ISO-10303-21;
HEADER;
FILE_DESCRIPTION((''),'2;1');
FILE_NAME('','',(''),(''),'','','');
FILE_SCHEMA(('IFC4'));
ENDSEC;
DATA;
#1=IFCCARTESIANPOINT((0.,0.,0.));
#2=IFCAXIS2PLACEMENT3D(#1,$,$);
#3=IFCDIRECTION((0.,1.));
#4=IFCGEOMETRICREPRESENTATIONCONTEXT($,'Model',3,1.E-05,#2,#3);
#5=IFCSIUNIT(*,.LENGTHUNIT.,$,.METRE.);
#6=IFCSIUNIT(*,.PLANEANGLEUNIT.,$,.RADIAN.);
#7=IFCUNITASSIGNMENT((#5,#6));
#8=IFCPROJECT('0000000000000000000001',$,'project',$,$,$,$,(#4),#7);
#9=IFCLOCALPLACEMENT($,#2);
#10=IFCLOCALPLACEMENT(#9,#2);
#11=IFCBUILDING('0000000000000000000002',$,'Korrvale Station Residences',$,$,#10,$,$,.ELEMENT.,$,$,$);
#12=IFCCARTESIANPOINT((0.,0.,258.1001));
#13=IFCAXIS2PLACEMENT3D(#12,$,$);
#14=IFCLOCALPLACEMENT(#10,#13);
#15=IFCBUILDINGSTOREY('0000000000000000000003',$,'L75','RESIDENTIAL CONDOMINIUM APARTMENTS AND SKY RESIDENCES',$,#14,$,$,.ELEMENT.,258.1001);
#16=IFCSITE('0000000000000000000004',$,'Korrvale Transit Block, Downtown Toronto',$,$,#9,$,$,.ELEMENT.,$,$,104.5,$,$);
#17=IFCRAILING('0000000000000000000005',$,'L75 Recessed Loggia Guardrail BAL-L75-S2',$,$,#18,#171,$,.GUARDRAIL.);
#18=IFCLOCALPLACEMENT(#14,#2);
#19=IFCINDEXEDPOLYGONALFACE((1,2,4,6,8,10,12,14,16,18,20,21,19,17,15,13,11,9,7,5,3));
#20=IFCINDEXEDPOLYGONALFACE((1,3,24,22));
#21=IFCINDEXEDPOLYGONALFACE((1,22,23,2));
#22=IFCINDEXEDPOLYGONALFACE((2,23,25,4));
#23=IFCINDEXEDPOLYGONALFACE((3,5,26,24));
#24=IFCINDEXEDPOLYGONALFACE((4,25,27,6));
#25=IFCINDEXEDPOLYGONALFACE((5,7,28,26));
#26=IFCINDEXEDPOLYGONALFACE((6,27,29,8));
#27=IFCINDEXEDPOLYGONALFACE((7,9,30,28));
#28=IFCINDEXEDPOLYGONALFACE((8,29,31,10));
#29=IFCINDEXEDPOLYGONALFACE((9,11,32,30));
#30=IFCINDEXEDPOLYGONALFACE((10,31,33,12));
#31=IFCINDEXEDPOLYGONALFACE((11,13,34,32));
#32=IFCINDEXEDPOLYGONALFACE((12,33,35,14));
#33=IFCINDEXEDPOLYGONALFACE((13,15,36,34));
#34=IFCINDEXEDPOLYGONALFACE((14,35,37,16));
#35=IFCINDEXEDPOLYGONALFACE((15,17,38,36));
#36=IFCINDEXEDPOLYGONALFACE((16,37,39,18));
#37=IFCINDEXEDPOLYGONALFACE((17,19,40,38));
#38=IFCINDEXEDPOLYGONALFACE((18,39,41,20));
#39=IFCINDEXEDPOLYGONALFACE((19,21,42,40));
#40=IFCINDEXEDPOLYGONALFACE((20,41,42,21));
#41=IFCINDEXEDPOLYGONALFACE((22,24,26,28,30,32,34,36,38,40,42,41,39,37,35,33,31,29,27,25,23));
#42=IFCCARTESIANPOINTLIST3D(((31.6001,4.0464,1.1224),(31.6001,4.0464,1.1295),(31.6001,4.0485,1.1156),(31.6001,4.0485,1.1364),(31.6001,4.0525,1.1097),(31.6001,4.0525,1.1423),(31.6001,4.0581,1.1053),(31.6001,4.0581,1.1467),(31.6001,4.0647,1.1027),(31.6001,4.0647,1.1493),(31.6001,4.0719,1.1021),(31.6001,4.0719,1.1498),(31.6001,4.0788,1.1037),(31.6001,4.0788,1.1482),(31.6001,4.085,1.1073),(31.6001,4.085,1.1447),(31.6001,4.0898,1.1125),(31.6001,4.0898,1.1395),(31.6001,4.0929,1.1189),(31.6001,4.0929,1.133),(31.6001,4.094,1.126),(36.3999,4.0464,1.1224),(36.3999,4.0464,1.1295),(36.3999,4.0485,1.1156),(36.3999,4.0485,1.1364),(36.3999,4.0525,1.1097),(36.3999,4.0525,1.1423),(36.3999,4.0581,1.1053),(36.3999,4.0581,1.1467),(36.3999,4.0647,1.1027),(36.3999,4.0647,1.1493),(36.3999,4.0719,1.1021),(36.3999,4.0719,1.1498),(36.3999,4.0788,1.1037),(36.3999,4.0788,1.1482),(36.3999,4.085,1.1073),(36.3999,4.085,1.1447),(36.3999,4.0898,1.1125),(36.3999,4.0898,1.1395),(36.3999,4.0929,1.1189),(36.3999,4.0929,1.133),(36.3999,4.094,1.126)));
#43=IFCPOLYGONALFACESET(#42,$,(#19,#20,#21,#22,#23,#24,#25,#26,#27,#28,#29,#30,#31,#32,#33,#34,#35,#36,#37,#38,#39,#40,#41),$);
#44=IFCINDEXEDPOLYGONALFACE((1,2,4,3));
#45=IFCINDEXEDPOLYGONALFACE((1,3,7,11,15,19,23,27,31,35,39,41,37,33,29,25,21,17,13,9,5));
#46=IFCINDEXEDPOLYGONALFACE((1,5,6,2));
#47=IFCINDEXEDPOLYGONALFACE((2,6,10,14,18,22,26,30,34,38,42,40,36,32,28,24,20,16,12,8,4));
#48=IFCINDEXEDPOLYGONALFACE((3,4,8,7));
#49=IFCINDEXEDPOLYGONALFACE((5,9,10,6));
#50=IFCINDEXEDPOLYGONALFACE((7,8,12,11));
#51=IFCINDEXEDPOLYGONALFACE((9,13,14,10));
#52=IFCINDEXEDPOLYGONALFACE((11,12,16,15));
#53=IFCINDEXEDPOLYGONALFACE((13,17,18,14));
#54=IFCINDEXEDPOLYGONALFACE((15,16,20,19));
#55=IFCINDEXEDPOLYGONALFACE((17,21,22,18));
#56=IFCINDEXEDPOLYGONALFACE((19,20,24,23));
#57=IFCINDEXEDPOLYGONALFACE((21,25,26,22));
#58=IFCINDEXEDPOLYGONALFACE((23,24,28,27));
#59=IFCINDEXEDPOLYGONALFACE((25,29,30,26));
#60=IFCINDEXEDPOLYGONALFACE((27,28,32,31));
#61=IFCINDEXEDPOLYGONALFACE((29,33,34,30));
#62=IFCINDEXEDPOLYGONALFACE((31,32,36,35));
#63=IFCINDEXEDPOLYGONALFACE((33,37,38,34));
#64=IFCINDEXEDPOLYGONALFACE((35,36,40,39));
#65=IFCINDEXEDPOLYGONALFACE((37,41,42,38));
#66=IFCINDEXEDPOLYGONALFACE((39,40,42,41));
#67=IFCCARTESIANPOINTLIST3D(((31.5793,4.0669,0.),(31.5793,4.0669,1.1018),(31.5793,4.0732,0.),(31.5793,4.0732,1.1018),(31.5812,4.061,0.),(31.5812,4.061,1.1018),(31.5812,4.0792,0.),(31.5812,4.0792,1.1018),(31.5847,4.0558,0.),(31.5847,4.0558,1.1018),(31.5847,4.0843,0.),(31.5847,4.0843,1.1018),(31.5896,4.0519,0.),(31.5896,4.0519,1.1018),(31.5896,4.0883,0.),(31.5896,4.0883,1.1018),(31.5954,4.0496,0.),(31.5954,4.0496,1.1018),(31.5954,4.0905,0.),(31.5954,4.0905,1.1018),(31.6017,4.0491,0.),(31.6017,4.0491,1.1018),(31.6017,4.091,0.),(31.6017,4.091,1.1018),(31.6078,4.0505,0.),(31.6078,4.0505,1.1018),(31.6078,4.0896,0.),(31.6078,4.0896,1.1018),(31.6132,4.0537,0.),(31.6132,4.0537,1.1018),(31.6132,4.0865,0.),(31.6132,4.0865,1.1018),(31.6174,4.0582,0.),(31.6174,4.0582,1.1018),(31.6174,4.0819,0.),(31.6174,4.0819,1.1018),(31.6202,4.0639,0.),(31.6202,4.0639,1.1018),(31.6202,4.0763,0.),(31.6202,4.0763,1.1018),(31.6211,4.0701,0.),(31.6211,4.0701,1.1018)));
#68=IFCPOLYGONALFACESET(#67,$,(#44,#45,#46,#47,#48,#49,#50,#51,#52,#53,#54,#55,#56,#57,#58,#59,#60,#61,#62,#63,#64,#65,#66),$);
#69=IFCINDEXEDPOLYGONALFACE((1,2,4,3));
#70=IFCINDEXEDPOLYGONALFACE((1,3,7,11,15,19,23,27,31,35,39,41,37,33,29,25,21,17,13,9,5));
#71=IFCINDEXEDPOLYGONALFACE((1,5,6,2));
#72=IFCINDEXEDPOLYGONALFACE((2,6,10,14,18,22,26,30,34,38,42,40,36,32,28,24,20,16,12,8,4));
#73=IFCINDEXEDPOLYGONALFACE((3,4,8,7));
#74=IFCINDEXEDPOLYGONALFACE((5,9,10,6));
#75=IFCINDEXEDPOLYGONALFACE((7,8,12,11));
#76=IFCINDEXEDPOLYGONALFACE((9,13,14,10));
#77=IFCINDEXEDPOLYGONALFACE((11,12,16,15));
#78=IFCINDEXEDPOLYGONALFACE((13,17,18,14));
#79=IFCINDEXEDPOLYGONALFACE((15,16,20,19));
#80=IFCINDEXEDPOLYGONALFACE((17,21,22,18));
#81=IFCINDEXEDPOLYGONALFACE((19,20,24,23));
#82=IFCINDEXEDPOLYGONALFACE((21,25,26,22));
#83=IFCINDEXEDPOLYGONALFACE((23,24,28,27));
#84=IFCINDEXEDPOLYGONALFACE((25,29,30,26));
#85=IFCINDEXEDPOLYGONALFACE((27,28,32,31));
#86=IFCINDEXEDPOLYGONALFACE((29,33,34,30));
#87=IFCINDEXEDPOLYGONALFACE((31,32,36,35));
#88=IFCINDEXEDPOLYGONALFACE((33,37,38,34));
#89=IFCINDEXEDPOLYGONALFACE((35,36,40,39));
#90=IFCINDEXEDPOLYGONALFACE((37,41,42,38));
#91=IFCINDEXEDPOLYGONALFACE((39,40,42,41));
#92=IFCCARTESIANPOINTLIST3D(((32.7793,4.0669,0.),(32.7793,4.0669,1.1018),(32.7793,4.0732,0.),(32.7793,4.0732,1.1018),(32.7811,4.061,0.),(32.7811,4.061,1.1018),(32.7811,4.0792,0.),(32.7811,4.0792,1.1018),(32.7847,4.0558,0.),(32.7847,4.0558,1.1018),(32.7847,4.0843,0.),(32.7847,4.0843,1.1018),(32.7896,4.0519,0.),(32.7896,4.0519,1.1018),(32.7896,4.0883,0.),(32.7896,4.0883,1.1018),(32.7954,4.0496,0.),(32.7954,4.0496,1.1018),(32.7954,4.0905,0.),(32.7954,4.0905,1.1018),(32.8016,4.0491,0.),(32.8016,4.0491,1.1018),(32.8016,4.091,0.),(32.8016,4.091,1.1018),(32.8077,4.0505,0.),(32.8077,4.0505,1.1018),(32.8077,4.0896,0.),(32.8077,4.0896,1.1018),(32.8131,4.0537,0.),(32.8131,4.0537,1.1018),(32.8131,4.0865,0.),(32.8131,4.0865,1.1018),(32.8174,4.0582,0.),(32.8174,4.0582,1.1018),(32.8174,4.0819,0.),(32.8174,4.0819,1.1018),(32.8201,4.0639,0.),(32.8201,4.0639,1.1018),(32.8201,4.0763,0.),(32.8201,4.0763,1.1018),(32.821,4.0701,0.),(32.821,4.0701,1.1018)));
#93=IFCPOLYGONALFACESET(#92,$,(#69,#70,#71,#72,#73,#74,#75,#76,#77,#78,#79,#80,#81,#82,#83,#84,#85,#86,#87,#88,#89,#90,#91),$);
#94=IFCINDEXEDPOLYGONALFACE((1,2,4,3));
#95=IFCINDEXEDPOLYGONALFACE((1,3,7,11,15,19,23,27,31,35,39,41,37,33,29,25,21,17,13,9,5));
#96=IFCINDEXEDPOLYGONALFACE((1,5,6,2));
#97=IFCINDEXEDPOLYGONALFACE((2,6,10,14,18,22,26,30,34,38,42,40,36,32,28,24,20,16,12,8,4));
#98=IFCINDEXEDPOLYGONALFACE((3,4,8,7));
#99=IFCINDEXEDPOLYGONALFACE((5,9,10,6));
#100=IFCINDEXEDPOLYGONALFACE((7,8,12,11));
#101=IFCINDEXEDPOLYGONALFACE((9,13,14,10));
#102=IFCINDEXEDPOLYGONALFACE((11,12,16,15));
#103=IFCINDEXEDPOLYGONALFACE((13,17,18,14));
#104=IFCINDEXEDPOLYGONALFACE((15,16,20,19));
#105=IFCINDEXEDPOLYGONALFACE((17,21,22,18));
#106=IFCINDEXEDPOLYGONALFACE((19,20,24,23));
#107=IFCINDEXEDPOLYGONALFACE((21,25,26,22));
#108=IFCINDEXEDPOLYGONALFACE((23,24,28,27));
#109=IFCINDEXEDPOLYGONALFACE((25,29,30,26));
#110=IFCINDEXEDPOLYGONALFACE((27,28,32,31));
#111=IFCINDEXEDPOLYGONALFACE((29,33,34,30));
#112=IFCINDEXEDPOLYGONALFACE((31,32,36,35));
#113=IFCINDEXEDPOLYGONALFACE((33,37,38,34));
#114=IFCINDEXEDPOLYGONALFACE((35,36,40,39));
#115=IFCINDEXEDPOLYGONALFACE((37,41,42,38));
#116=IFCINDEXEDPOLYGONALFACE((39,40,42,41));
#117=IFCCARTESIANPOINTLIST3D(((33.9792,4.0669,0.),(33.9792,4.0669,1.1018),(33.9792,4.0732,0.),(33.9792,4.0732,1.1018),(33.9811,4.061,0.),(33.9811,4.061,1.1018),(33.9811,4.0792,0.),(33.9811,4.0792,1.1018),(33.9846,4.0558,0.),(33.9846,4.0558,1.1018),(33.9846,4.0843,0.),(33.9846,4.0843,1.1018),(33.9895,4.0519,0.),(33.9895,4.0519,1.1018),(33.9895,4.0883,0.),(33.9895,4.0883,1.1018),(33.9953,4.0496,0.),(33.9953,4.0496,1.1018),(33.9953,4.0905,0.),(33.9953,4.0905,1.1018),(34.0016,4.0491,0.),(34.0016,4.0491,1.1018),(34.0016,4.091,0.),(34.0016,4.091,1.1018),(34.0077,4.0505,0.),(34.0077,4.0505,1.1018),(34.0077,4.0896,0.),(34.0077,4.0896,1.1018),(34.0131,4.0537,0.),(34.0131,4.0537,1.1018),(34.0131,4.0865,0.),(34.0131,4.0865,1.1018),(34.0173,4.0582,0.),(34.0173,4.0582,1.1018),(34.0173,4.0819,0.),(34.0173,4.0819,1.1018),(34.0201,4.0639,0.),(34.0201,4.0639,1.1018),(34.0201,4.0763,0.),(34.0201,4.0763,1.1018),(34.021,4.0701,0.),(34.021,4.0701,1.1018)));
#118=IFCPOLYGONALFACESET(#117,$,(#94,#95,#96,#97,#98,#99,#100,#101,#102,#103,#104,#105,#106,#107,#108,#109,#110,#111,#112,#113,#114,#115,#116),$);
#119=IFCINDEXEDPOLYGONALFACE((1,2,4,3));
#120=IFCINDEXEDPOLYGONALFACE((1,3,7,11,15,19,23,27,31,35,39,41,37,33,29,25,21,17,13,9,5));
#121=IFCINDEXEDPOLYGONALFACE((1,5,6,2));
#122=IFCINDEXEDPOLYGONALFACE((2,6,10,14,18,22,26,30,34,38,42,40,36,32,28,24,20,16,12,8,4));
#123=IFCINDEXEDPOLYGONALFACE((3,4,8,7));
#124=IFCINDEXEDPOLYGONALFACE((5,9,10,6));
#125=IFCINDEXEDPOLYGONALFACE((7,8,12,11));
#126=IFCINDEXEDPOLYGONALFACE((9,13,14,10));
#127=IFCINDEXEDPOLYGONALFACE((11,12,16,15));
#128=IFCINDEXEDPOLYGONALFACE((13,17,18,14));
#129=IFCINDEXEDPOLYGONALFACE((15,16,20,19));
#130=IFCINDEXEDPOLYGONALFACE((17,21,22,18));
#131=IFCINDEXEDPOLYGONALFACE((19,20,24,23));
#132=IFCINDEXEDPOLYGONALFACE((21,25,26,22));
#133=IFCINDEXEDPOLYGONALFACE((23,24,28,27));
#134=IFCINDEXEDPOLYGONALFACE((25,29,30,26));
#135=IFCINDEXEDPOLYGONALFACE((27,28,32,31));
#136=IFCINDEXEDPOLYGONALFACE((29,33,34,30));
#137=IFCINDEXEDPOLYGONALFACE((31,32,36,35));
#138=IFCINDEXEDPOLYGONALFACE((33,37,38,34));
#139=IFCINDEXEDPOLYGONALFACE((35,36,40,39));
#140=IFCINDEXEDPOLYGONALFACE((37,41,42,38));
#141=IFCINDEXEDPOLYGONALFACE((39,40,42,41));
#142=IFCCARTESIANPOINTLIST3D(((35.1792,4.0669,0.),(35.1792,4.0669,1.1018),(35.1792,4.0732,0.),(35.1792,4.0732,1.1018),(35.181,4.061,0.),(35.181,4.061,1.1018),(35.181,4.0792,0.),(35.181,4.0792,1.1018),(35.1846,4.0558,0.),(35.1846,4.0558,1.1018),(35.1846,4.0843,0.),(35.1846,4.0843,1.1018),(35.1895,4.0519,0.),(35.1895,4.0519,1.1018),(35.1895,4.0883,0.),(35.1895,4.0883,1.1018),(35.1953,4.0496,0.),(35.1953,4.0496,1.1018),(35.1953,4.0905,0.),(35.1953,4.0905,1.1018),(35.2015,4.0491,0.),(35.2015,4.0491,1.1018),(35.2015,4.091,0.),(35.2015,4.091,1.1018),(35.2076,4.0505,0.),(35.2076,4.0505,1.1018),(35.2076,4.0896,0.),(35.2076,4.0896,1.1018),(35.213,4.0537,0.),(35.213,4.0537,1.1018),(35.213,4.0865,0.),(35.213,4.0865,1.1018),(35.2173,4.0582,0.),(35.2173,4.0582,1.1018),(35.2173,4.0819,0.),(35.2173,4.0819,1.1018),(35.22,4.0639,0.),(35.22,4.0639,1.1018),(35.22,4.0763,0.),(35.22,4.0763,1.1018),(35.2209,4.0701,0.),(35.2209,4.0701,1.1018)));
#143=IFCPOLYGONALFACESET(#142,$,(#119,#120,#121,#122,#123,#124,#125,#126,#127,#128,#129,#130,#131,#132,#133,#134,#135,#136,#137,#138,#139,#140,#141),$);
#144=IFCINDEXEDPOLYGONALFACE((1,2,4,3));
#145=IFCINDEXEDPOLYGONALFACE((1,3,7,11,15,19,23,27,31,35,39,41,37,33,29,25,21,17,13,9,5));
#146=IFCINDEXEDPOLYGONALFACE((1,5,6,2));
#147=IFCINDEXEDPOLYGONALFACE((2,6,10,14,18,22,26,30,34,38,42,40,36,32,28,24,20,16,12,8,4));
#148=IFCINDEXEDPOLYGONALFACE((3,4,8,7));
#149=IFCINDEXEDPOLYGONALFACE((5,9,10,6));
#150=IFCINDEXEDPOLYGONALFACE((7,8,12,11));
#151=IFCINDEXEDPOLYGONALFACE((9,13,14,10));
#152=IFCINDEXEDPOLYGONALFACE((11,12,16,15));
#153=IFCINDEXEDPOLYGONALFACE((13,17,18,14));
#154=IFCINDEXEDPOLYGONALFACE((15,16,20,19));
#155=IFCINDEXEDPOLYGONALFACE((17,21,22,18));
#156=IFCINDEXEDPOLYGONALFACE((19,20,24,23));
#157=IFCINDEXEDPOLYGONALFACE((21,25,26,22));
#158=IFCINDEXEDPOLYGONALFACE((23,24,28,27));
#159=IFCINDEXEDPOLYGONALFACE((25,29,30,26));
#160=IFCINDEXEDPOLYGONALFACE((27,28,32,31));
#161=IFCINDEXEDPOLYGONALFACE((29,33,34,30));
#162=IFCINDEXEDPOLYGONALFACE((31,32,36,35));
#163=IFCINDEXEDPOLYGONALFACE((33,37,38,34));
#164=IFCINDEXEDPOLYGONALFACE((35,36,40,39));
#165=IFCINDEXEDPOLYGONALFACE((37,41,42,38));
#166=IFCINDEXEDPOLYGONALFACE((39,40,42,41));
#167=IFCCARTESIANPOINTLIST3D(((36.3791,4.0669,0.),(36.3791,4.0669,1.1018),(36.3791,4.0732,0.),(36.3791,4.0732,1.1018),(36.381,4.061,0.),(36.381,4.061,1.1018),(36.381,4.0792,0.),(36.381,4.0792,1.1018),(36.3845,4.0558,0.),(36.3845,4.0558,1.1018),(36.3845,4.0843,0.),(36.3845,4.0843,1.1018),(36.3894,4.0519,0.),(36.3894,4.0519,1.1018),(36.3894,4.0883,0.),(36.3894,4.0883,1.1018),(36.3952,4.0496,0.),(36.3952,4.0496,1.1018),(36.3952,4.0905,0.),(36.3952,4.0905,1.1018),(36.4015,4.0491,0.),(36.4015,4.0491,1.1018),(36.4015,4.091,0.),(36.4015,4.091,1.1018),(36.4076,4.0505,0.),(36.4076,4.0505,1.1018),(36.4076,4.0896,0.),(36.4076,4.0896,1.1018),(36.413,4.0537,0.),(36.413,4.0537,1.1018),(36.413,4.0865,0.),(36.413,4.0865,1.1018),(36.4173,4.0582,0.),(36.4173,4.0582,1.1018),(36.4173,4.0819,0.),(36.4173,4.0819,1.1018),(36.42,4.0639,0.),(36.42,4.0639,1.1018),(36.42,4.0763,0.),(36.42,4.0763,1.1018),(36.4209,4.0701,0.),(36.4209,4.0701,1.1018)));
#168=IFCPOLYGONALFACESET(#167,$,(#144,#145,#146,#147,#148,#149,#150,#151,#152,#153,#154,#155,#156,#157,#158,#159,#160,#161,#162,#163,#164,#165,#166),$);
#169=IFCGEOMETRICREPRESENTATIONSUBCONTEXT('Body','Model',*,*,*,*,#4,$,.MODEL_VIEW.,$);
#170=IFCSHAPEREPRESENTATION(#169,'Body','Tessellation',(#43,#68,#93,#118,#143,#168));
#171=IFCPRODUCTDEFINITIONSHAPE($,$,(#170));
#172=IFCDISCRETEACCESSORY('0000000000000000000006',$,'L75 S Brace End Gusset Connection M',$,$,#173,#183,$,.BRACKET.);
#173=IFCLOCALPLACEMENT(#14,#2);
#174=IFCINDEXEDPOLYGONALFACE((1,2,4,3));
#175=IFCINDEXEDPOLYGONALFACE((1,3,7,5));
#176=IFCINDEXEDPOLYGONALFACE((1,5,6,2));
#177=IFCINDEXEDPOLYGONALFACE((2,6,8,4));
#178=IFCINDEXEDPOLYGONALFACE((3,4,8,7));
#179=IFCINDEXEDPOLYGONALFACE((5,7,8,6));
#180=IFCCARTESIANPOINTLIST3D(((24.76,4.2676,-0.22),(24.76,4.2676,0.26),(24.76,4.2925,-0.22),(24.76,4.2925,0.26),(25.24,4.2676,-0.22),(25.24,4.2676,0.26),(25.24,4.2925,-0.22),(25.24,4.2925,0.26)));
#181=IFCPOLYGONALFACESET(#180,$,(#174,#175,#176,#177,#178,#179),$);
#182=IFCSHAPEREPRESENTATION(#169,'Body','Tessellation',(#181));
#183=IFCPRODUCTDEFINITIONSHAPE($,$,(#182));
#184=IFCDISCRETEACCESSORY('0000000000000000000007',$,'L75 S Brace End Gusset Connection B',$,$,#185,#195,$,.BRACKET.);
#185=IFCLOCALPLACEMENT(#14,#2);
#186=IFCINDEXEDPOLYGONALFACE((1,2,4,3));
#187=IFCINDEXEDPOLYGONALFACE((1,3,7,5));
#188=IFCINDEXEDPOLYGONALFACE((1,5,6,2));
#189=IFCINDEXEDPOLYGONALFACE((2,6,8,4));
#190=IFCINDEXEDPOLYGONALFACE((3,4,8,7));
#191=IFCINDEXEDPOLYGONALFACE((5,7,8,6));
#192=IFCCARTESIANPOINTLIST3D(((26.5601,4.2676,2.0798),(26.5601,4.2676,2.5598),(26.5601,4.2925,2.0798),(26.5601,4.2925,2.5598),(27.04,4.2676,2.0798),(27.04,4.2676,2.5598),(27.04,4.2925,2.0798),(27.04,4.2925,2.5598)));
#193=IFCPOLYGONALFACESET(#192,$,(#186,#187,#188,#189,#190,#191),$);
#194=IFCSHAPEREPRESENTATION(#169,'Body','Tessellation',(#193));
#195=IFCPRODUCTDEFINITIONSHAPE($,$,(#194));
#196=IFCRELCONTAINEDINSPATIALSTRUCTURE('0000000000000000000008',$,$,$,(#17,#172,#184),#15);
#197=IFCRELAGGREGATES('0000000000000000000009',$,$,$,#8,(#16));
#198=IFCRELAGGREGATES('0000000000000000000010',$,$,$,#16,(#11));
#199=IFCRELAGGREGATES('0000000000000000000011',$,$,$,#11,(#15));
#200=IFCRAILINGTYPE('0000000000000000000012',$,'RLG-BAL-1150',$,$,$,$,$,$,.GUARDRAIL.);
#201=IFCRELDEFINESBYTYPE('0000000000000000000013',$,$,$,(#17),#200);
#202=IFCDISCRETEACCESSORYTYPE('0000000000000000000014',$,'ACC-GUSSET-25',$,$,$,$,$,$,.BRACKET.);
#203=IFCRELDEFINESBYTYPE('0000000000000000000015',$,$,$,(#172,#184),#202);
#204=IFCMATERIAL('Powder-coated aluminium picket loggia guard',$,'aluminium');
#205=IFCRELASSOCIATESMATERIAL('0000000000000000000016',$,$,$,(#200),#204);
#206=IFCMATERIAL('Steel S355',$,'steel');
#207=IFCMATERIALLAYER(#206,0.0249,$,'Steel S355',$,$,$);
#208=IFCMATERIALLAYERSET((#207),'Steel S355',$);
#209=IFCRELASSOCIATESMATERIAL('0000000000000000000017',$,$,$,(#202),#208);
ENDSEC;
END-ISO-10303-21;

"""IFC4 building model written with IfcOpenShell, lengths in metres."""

from ifc_helpers import new_model, si_unit, direction, frame, origin, origin_2d, place, context, subcontext, project, spatial, rectangle, circle, extrude, material, layer, layer_set, type_object, element, save


model = new_model("IFC4")

# Units and contexts
model_context = context("Model", 3, precision=1e-05, world=origin(), true_north=direction((0.0, 1.0)))
body_context = subcontext(model_context, "Body", "Model", "MODEL_VIEW")
ifc_project = project(units=[si_unit("LENGTHUNIT", "METRE"), si_unit("PLANEANGLEUNIT", "RADIAN")], contexts=[model_context])

# Site, building, storey
site_placement = place(None, origin())
site = spatial("IfcSite", under=ifc_project, at=site_placement, Name="Korrvale Transit Block, Downtown Toronto", CompositionType="ELEMENT", RefElevation=104.5)
building_placement = place(site_placement, origin())
building = spatial("IfcBuilding", under=site, at=building_placement, Name="Korrvale Station Residences", CompositionType="ELEMENT")
storey_placement = place(building_placement, frame((0.0, 0.0, 258.1001)))
storey = spatial("IfcBuildingStorey", under=building, at=storey_placement, Name="L75", Description="RESIDENTIAL CONDOMINIUM APARTMENTS AND SKY RESIDENCES", CompositionType="ELEMENT", Elevation=258.1001)

# Shared definitions
ifc_material_1 = material(Name="Steel S355", Category="steel")

# Railing
ifc_material_2 = material(Name="Powder-coated aluminium picket loggia guard", Category="aluminium")
railing_type = type_object("IfcRailingType", Name="RLG-BAL-1150", PredefinedType="GUARDRAIL", material=ifc_material_2)
railing_placement = place(storey_placement, frame((31.6001, 4.0701, 0.0)))
element("IfcRailing", 1, at=railing_placement, inside=storey, type_object=railing_type, Name="L75 Recessed Loggia Guardrail BAL-L75-S2", PredefinedType="GUARDRAIL", context=body_context, shape_type="SweptSolid", body=[
    extrude(circle(Radius=0.0239, at=origin_2d()), frame((0.0, 0.0, 1.126), z_axis=(1.0, 0.0, 0.0), x_axis=(0.0, 1.0, 0.0)), (0.0, 0.0, 1.0), 4.7998),
    extrude(circle(Radius=0.021, at=origin_2d()), origin(), (0.0, 0.0, 1.0), 1.1018),
    extrude(circle(Radius=0.021, at=origin_2d()), frame((1.2, 0.0, 0.0)), (0.0, 0.0, 1.0), 1.1018),
    extrude(circle(Radius=0.021, at=origin_2d()), frame((2.3999, 0.0, 0.0)), (0.0, 0.0, 1.0), 1.1018),
    extrude(circle(Radius=0.021, at=origin_2d()), frame((3.5999, 0.0, 0.0)), (0.0, 0.0, 1.0), 1.1018),
    extrude(circle(Radius=0.021, at=origin_2d()), frame((4.7998, 0.0, 0.0)), (0.0, 0.0, 1.0), 1.1018),
])

# Discrete accessories
ifc_layer_1 = layer(ifc_material_1, 0.0249, Name="Steel S355")
ifc_layer_set_1 = layer_set([ifc_layer_1], Name="Steel S355")
discrete_accessory_type = type_object("IfcDiscreteAccessoryType", Name="ACC-GUSSET-25", PredefinedType="BRACKET", material=ifc_layer_set_1)
for number, where, z_axis, x_axis, name in (
    (2, (25.0, 4.28, -0.22), (0.0, 0.0, 1.0), (1.0, 0.0, 0.0), "L75 S Brace End Gusset Connection M"),
    (3, (26.8, 4.28, 2.0798), (0.0, 0.0, 1.0), (1.0, 0.0, 0.0), "L75 S Brace End Gusset Connection B"),
):
    element("IfcDiscreteAccessory", number, at=place(storey_placement, frame(where, z_axis=z_axis, x_axis=x_axis)), inside=storey, type_object=discrete_accessory_type, Name=name, PredefinedType="BRACKET", context=body_context, shape_type="SweptSolid", body=[
        extrude(rectangle(XDim=0.48, YDim=0.0249, at=origin_2d()), origin(), (0.0, 0.0, 1.0), 0.48),
    ])

save(model, "model.ifc")
